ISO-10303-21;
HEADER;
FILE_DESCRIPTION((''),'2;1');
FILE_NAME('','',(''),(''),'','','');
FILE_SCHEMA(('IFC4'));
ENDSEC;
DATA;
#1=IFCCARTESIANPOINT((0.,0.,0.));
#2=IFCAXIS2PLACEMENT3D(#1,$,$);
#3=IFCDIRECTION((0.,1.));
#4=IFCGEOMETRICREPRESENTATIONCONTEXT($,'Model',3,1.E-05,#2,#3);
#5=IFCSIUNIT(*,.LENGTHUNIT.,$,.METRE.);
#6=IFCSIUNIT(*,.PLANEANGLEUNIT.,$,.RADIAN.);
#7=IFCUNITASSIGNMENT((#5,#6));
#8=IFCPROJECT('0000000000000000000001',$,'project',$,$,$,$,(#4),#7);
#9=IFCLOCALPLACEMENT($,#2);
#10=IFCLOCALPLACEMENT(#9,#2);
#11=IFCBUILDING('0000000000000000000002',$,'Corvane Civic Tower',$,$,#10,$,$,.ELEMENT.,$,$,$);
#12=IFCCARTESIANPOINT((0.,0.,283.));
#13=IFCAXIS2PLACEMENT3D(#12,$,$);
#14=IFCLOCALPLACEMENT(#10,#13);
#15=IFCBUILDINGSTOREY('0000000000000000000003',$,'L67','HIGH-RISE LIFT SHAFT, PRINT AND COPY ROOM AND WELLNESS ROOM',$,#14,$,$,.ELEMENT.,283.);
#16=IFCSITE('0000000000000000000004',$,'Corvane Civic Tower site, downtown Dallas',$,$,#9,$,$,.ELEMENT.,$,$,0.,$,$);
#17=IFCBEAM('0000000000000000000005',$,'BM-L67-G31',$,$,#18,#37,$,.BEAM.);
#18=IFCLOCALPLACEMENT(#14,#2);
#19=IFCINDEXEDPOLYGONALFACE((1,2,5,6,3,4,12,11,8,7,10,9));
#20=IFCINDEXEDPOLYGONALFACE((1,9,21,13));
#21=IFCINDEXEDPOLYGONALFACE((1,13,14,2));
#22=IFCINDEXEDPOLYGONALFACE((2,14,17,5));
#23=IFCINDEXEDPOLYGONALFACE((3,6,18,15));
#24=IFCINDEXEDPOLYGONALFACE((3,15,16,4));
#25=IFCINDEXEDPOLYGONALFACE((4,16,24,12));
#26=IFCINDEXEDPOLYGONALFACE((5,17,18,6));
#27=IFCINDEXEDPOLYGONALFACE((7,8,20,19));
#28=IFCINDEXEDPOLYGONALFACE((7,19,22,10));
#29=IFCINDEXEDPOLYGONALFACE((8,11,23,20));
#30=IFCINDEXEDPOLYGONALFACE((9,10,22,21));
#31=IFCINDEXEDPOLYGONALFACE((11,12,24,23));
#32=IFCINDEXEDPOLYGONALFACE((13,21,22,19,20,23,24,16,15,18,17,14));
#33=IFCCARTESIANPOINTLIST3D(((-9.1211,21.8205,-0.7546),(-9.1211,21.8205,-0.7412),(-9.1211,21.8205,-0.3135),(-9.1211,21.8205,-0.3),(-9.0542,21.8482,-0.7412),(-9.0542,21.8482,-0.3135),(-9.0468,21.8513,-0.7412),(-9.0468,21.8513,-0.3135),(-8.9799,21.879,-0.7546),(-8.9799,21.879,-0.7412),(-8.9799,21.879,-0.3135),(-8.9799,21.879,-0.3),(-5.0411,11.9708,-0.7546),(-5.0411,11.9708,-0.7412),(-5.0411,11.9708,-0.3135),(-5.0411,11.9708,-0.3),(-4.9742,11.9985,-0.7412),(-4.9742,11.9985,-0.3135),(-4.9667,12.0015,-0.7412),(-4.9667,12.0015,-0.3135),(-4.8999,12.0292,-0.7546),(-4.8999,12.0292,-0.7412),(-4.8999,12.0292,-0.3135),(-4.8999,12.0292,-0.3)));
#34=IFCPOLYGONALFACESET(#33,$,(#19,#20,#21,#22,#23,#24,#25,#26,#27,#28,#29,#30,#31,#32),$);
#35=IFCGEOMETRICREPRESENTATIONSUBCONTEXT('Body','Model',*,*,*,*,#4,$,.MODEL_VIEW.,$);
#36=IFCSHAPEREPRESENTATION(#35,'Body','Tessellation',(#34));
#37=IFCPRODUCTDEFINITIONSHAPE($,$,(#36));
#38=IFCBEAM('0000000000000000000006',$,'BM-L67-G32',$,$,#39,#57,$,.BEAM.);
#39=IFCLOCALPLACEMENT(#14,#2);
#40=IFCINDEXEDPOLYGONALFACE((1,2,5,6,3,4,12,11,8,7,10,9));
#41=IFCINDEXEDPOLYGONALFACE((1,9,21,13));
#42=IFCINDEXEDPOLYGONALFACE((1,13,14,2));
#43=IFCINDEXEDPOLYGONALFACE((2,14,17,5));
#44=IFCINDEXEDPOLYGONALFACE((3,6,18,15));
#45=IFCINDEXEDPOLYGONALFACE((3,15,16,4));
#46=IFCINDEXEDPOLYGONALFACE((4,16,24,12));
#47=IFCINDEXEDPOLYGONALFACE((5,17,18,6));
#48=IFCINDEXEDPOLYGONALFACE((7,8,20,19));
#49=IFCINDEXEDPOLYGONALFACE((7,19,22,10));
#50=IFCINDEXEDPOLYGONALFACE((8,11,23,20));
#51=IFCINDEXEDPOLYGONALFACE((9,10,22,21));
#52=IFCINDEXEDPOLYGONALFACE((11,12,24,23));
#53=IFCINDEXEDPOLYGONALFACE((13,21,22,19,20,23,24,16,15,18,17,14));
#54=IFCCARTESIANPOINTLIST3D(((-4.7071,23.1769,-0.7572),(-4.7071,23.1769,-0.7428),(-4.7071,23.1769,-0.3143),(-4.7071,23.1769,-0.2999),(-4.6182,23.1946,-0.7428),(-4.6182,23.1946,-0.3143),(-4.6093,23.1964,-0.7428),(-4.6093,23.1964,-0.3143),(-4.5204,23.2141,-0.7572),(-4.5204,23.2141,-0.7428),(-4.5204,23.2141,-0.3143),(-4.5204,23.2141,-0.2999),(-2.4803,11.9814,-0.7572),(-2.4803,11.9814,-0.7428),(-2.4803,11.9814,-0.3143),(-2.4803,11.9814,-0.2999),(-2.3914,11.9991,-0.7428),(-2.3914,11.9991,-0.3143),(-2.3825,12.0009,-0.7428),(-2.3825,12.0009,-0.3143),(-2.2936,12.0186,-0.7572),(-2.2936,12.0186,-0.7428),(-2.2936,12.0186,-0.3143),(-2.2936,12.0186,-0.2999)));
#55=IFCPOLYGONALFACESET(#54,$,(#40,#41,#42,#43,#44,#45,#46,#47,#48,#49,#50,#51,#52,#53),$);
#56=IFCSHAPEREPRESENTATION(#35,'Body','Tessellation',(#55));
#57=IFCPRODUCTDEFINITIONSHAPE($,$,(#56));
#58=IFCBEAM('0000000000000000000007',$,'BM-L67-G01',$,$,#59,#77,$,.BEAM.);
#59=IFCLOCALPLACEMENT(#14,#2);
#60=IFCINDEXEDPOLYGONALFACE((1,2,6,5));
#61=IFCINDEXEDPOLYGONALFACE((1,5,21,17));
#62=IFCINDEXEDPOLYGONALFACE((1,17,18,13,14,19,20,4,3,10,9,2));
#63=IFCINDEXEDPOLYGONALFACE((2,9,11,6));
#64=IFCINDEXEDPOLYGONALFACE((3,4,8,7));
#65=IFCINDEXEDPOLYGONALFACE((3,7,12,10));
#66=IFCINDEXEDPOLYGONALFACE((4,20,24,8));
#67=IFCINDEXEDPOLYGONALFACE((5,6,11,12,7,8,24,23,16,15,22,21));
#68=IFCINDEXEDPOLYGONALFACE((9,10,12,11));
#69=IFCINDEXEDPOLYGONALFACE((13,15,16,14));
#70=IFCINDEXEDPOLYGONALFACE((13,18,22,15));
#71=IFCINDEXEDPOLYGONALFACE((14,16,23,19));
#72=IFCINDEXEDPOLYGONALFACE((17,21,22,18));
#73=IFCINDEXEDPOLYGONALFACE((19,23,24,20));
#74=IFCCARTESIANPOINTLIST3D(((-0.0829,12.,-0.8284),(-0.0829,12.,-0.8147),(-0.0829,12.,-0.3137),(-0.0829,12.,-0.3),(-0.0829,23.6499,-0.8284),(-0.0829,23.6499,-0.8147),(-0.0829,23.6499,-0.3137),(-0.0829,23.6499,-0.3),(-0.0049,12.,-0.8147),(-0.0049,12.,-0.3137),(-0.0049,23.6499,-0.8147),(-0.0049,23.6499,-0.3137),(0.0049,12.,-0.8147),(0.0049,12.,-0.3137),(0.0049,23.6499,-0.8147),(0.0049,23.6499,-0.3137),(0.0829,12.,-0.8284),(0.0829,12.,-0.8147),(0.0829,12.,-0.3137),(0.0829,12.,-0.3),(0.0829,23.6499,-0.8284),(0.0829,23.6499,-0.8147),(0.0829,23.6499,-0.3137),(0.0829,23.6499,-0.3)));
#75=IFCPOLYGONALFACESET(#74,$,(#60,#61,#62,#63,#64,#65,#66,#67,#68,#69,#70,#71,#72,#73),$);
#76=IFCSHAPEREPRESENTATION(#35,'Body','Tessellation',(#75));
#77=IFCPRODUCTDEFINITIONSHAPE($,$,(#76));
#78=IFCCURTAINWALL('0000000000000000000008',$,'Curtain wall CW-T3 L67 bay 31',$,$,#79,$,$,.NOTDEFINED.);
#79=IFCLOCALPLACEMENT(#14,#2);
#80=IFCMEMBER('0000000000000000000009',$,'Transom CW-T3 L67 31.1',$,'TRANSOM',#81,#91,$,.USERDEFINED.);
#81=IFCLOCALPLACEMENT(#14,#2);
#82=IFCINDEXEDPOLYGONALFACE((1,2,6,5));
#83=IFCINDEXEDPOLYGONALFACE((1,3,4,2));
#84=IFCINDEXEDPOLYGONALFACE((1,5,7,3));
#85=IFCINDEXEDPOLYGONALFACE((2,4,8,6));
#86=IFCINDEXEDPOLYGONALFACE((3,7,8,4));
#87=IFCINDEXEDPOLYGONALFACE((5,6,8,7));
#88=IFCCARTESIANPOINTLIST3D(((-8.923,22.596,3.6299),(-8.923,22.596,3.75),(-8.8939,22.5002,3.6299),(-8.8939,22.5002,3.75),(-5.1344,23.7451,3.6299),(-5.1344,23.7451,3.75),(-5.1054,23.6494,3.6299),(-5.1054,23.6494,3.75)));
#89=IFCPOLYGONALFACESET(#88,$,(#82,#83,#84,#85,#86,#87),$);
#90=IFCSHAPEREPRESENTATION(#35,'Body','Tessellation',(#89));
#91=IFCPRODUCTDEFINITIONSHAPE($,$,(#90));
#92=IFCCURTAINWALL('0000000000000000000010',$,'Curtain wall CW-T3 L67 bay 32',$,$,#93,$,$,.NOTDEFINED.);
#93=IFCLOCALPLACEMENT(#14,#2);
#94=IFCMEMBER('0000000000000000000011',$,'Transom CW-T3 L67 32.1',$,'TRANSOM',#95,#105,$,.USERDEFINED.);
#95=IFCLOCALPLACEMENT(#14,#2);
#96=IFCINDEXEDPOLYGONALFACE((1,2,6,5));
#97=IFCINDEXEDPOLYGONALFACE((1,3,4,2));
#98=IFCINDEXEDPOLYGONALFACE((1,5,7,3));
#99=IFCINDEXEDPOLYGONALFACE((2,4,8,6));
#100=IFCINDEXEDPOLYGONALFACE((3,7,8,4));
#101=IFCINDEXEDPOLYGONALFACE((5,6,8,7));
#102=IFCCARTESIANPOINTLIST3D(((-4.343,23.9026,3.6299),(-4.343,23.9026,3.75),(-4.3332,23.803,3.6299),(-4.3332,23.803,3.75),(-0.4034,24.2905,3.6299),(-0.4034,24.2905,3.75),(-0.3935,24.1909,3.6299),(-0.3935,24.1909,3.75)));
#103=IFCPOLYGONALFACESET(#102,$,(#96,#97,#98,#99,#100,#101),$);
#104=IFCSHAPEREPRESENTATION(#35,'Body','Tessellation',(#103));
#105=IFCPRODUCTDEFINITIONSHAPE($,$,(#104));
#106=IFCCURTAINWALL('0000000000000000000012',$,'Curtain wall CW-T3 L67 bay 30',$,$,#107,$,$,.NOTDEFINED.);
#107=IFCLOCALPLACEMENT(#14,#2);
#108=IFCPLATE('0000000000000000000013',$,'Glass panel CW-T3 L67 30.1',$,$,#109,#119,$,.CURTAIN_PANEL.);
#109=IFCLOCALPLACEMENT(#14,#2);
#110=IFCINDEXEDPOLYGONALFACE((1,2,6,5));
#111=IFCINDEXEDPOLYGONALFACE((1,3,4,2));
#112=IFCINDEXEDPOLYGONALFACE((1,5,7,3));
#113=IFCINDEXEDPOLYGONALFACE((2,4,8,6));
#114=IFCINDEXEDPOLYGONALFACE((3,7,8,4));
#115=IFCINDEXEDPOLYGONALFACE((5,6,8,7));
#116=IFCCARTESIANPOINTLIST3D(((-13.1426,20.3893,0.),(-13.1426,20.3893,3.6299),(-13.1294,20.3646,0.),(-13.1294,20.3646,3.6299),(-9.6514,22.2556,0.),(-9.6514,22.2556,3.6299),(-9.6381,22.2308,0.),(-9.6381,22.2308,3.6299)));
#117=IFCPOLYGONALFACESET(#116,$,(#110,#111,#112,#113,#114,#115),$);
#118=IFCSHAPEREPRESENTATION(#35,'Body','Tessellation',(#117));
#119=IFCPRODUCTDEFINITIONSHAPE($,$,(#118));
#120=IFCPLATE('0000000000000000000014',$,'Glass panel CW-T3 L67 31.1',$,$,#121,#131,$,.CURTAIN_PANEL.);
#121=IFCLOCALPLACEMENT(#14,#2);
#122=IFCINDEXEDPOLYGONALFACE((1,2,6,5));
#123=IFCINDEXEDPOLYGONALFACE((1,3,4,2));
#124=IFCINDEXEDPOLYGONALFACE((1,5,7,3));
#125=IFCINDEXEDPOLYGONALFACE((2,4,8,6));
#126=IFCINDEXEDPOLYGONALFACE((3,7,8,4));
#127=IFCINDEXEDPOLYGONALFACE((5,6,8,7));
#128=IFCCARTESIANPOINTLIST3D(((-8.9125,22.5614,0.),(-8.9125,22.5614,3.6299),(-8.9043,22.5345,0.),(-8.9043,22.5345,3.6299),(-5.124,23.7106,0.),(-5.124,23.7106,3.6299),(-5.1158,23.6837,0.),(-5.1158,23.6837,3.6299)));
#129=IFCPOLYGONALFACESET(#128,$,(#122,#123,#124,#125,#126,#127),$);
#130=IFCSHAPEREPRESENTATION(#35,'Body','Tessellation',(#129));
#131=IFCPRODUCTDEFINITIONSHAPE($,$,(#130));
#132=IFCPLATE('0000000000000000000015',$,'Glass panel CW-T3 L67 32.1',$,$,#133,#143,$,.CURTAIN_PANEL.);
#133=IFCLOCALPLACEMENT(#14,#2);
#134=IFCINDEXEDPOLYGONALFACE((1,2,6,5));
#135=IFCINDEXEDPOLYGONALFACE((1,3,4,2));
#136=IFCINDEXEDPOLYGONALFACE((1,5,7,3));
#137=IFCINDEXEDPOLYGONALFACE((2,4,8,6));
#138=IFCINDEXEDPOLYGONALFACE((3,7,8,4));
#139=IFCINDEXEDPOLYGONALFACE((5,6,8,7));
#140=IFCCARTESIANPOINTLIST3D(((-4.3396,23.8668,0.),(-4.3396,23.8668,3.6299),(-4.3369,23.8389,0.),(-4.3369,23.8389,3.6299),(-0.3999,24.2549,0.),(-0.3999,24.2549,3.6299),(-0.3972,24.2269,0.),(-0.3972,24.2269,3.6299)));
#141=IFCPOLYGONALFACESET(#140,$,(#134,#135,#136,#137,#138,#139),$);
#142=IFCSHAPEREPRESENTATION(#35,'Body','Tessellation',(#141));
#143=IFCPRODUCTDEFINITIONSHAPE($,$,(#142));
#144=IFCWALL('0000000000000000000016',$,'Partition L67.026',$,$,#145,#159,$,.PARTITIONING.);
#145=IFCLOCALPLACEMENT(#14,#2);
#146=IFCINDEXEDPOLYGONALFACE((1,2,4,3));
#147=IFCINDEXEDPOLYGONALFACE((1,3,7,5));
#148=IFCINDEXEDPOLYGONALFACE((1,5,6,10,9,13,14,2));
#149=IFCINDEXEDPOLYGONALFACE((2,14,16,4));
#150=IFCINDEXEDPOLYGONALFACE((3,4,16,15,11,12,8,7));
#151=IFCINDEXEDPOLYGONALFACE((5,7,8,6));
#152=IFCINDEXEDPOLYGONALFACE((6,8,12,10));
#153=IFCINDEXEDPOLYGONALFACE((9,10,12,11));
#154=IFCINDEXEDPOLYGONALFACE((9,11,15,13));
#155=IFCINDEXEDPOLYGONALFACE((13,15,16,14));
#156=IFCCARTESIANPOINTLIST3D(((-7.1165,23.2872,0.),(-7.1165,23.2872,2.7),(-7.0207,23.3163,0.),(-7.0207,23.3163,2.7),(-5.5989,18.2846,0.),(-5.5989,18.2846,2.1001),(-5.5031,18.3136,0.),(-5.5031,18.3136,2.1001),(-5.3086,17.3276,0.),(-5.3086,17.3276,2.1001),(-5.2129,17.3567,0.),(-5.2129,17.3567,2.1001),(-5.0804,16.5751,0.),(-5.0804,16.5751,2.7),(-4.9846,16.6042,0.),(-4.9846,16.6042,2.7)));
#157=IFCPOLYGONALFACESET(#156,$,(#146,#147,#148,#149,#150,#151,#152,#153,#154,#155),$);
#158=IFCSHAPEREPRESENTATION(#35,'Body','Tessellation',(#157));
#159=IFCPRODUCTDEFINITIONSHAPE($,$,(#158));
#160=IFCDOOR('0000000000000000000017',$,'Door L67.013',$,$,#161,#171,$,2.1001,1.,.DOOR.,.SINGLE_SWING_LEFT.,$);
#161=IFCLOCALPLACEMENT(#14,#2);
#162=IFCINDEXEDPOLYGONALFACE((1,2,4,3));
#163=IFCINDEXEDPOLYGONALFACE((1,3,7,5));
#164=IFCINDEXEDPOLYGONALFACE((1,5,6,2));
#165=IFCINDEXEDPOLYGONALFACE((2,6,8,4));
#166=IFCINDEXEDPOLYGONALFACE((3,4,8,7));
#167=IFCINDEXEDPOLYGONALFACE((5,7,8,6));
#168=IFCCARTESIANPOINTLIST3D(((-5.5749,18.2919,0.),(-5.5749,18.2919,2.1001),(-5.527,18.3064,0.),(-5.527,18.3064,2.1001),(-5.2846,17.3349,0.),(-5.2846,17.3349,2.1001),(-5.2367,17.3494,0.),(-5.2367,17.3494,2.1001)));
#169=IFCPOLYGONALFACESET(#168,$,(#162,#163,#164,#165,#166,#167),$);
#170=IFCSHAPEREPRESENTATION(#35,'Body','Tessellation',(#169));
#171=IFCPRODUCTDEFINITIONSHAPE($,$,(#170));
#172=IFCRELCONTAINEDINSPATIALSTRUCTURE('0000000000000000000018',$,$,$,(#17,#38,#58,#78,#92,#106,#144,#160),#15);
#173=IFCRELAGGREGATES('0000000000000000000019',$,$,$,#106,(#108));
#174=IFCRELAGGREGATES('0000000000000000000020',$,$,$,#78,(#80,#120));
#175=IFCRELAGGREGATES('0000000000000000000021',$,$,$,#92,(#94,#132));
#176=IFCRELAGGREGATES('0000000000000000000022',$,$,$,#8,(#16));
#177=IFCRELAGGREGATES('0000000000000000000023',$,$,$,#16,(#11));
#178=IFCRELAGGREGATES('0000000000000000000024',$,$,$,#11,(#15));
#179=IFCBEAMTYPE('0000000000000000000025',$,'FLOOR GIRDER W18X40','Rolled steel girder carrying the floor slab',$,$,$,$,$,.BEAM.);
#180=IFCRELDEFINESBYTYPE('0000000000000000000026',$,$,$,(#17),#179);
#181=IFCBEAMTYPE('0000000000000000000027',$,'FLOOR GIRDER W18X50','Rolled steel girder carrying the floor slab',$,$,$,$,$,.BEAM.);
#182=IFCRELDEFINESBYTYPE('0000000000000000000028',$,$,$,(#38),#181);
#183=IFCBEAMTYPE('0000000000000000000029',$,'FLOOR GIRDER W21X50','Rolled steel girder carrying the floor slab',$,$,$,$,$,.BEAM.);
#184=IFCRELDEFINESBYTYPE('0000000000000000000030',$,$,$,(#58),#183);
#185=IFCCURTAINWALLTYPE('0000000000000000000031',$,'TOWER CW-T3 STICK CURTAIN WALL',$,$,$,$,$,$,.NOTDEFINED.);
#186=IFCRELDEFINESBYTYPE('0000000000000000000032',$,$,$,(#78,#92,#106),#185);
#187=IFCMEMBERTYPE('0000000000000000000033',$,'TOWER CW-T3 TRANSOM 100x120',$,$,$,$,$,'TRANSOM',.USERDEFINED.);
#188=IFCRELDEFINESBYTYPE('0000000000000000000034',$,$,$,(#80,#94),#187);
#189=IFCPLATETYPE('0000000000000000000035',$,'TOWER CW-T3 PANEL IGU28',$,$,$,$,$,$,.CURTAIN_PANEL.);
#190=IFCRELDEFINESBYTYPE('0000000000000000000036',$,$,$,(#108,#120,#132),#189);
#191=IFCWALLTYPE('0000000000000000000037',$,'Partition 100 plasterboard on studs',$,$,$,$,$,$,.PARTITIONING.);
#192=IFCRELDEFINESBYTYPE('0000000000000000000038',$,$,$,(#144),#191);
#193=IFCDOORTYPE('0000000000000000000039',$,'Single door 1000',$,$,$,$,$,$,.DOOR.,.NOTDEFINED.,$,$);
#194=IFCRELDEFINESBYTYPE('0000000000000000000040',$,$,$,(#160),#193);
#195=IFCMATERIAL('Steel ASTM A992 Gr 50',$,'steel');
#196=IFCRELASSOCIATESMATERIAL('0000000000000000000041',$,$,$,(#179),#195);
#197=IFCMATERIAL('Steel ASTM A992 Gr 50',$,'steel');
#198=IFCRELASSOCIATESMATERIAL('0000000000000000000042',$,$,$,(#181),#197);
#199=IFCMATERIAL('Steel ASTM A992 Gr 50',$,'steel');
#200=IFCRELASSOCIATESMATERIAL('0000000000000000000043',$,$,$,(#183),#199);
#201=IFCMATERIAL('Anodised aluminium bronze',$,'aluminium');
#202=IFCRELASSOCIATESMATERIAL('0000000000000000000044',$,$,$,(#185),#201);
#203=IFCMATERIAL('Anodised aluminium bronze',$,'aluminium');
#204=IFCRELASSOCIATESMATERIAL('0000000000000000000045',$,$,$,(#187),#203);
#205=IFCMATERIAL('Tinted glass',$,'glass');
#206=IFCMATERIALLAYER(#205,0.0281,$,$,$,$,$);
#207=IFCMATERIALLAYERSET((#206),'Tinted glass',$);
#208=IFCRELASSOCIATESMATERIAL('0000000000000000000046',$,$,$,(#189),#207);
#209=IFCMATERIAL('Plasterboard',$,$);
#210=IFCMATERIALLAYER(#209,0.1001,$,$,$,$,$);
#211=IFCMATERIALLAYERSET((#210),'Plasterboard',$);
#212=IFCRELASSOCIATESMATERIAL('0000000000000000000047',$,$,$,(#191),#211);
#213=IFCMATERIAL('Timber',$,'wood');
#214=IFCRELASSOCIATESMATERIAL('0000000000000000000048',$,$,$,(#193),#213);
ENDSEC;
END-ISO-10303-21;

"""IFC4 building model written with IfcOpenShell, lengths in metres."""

from ifc_helpers import new_model, si_unit, direction, frame, frame_2d, origin, origin_2d, place, context, subcontext, project, spatial, rectangle, i_section, extrude, material, layer, layer_set, material_profile, profile_set, type_object, element, fill, aggregate, save


model = new_model("IFC4")

# Units and contexts
model_context = context("Model", 3, precision=1e-05, world=origin(), true_north=direction((0.0, 1.0)))
body_context = subcontext(model_context, "Body", "Model", "MODEL_VIEW")
ifc_project = project(units=[si_unit("LENGTHUNIT", "METRE"), si_unit("PLANEANGLEUNIT", "RADIAN")], contexts=[model_context])

# Site, building, storey
site_placement = place(None, origin())
site = spatial("IfcSite", under=ifc_project, at=site_placement, Name="Corvane Civic Tower site, downtown Dallas", CompositionType="ELEMENT", RefElevation=0.0)
building_placement = place(site_placement, origin())
building = spatial("IfcBuilding", under=site, at=building_placement, Name="Corvane Civic Tower", CompositionType="ELEMENT")
storey_placement = place(building_placement, frame((0.0, 0.0, 283.0)))
storey = spatial("IfcBuildingStorey", under=building, at=storey_placement, Name="L67", Description="HIGH-RISE LIFT SHAFT, PRINT AND COPY ROOM AND WELLNESS ROOM", CompositionType="ELEMENT", Elevation=283.0)

# Beams
ifc_material_1 = material(Name="Steel ASTM A992 Gr 50", Category="steel")
ifc_material_profile_1 = material_profile(ifc_material_1, i_section(OverallWidth=0.1528, OverallDepth=0.4546, WebThickness=0.0081, FlangeThickness=0.0134, at=origin_2d()), Name="W18X40")
ifc_profile_set_1 = profile_set([ifc_material_profile_1], Name="Steel ASTM A992 Gr 50")
beam_type_1 = type_object("IfcBeamType", Name="FLOOR GIRDER W18X40", Description="Rolled steel girder carrying the floor slab", PredefinedType="BEAM", material=ifc_profile_set_1)
beam_1_placement = place(storey_placement, frame((-4.9705, 12.0, -0.5273), z_axis=(-0.382694, 0.923875, 0.0), x_axis=(-0.923875, -0.382694, 0.0)))
element("IfcBeam", 1, at=beam_1_placement, inside=storey, type_object=beam_type_1, Name="BM-L67-G31", PredefinedType="BEAM", context=body_context, shape_type="SweptSolid", body=[
    extrude(i_section(OverallWidth=0.1528, OverallDepth=0.4546, WebThickness=0.0081, FlangeThickness=0.0134, at=origin_2d()), origin(), (0.0, 0.0, 1.0), 10.6614),
])
ifc_material_2 = material(Name="Steel ASTM A992 Gr 50", Category="steel")
ifc_material_profile_2 = material_profile(ifc_material_2, i_section(OverallWidth=0.1904, OverallDepth=0.4573, WebThickness=0.009, FlangeThickness=0.0144, at=origin_2d()), Name="W18X50")
ifc_profile_set_2 = profile_set([ifc_material_profile_2], Name="Steel ASTM A992 Gr 50")
beam_type_2 = type_object("IfcBeamType", Name="FLOOR GIRDER W18X50", Description="Rolled steel girder carrying the floor slab", PredefinedType="BEAM", material=ifc_profile_set_2)
beam_2_placement = place(storey_placement, frame((-2.387, 12.0, -0.5286), z_axis=(-0.19508, 0.980787, 0.0), x_axis=(-0.980787, -0.19508, 0.0)))
element("IfcBeam", 2, at=beam_2_placement, inside=storey, type_object=beam_type_2, Name="BM-L67-G32", PredefinedType="BEAM", context=body_context, shape_type="SweptSolid", body=[
    extrude(i_section(OverallWidth=0.1904, OverallDepth=0.4573, WebThickness=0.009, FlangeThickness=0.0144, at=origin_2d()), origin(), (0.0, 0.0, 1.0), 11.4148),
])
ifc_material_3 = material(Name="Steel ASTM A992 Gr 50", Category="steel")
ifc_material_profile_3 = material_profile(ifc_material_3, i_section(OverallWidth=0.1658, OverallDepth=0.5283, WebThickness=0.0098, FlangeThickness=0.0137, at=origin_2d()), Name="W21X50")
ifc_profile_set_3 = profile_set([ifc_material_profile_3], Name="Steel ASTM A992 Gr 50")
beam_type_3 = type_object("IfcBeamType", Name="FLOOR GIRDER W21X50", Description="Rolled steel girder carrying the floor slab", PredefinedType="BEAM", material=ifc_profile_set_3)
beam_3_placement = place(storey_placement, frame((0.0, 12.0, -0.5642), z_axis=(0.0, 1.0, 0.0), x_axis=(-1.0, 0.0, 0.0)))
element("IfcBeam", 3, at=beam_3_placement, inside=storey, type_object=beam_type_3, Name="BM-L67-G01", PredefinedType="BEAM", context=body_context, shape_type="SweptSolid", body=[
    extrude(i_section(OverallWidth=0.1658, OverallDepth=0.5283, WebThickness=0.0098, FlangeThickness=0.0137, at=origin_2d()), origin(), (0.0, 0.0, 1.0), 11.6499),
])

# Curtain walls, members
ifc_material_4 = material(Name="Anodised aluminium bronze", Category="aluminium")
curtain_wall_type = type_object("IfcCurtainWallType", Name="TOWER CW-T3 STICK CURTAIN WALL", PredefinedType="NOTDEFINED", material=ifc_material_4)
curtain_wall_1_placement = place(storey_placement, origin())
curtain_wall_1 = element("IfcCurtainWall", 4, at=curtain_wall_1_placement, inside=storey, type_object=curtain_wall_type, Name="Curtain wall CW-T3 L67 bay 31", PredefinedType="NOTDEFINED")
ifc_material_5 = material(Name="Anodised aluminium bronze", Category="aluminium")
ifc_material_profile_4 = material_profile(ifc_material_5, rectangle(XDim=0.1001, YDim=0.1201, at=origin_2d()), Name="TOWER CW-T3 TRANSOM 100x120")
ifc_profile_set_4 = profile_set([ifc_material_profile_4], Name="Anodised aluminium bronze")
member_type = type_object("IfcMemberType", Name="TOWER CW-T3 TRANSOM 100x120", ElementType="TRANSOM", PredefinedType="USERDEFINED", material=ifc_profile_set_4)
member_1_placement = place(storey_placement, frame((-8.9084, 22.5481, 3.6899), z_axis=(0.956946, 0.290266, 0.0), x_axis=(-0.290266, 0.956946, 0.0)))
member_1 = element("IfcMember", 5, at=member_1_placement, type_object=member_type, Name="Transom CW-T3 L67 31.1", ObjectType="TRANSOM", PredefinedType="USERDEFINED", context=body_context, shape_type="SweptSolid", body=[
    extrude(rectangle(XDim=0.1001, YDim=0.1201, at=origin_2d()), origin(), (0.0, 0.0, 1.0), 3.959),
])
curtain_wall_2_placement = place(storey_placement, origin())
curtain_wall_2 = element("IfcCurtainWall", 6, at=curtain_wall_2_placement, inside=storey, type_object=curtain_wall_type, Name="Curtain wall CW-T3 L67 bay 32", PredefinedType="NOTDEFINED")
member_2_placement = place(storey_placement, frame((-4.3381, 23.8528, 3.6899), z_axis=(0.995187, 0.097995, 0.0), x_axis=(-0.097995, 0.995187, 0.0)))
member_2 = element("IfcMember", 7, at=member_2_placement, type_object=member_type, Name="Transom CW-T3 L67 32.1", ObjectType="TRANSOM", PredefinedType="USERDEFINED", context=body_context, shape_type="SweptSolid", body=[
    extrude(rectangle(XDim=0.1001, YDim=0.1201, at=origin_2d()), origin(), (0.0, 0.0, 1.0), 3.9587),
])

# Curtain wall, plate
curtain_wall_3_placement = place(storey_placement, origin())
curtain_wall_3 = element("IfcCurtainWall", 8, at=curtain_wall_3_placement, inside=storey, type_object=curtain_wall_type, Name="Curtain wall CW-T3 L67 bay 30", PredefinedType="NOTDEFINED")
ifc_material_6 = material(Name="Tinted glass", Category="glass")
ifc_layer_1 = layer(ifc_material_6, 0.0281)
ifc_layer_set_1 = layer_set([ifc_layer_1], Name="Tinted glass")
plate_type = type_object("IfcPlateType", Name="TOWER CW-T3 PANEL IGU28", PredefinedType="CURTAIN_PANEL", material=ifc_layer_set_1)
plate_1_placement = place(storey_placement, frame((-11.3904, 21.3101, 0.0), z_axis=(0.0, 0.0, 1.0), x_axis=(0.881908, 0.471421, 0.0)))
plate_1 = element("IfcPlate", 9, at=plate_1_placement, type_object=plate_type, Name="Glass panel CW-T3 L67 30.1", PredefinedType="CURTAIN_PANEL", context=body_context, shape_type="SweptSolid", body=[
    extrude(rectangle(XDim=3.9587, YDim=0.0281, at=origin_2d()), origin(), (0.0, 0.0, 1.0), 3.6299),
])
aggregate(curtain_wall_3, [plate_1])

# Plates
plate_2_placement = place(storey_placement, frame((-7.0142, 23.1226, 0.0), z_axis=(0.0, 0.0, 1.0), x_axis=(0.956944, 0.290274, 0.0)))
plate_2 = element("IfcPlate", 10, at=plate_2_placement, type_object=plate_type, Name="Glass panel CW-T3 L67 31.1", PredefinedType="CURTAIN_PANEL", context=body_context, shape_type="SweptSolid", body=[
    extrude(rectangle(XDim=3.959, YDim=0.0281, at=origin_2d()), origin(), (0.0, 0.0, 1.0), 3.6299),
])
aggregate(curtain_wall_1, [member_1, plate_2])
plate_3_placement = place(storey_placement, frame((-2.3684, 24.0469, 0.0), z_axis=(0.0, 0.0, 1.0), x_axis=(0.995184, 0.098021, 0.0)))
plate_3 = element("IfcPlate", 11, at=plate_3_placement, type_object=plate_type, Name="Glass panel CW-T3 L67 32.1", PredefinedType="CURTAIN_PANEL", context=body_context, shape_type="SweptSolid", body=[
    extrude(rectangle(XDim=3.9587, YDim=0.0281, at=origin_2d()), origin(), (0.0, 0.0, 1.0), 3.6299),
])
aggregate(curtain_wall_2, [member_2, plate_3])

# Wall, opening, door
ifc_material_7 = material(Name="Plasterboard")
ifc_layer_2 = layer(ifc_material_7, 0.1001)
ifc_layer_set_2 = layer_set([ifc_layer_2], Name="Plasterboard")
wall_type = type_object("IfcWallType", Name="Partition 100 plasterboard on studs", PredefinedType="PARTITIONING", material=ifc_layer_set_2)
wall_1_placement = place(storey_placement, frame((-7.0686, 23.3018, 0.0), z_axis=(0.0, 0.0, 1.0), x_axis=(0.290288, -0.956939, 0.0)))
wall_1 = element("IfcWall", 12, at=wall_1_placement, inside=storey, type_object=wall_type, Name="Partition L67.026", PredefinedType="PARTITIONING", context=body_context, shape_type="SweptSolid", body=[
    extrude(rectangle(XDim=7.0142, YDim=0.1001, at=frame_2d((3.5071, 0.0))), origin(), (0.0, 0.0, 1.0), 2.7),
])
opening_1_placement = place(wall_1_placement, frame((5.2278, 0.0, 0.0)))
opening_1 = element("IfcOpeningElement", 13, at=opening_1_placement, cuts=wall_1, PredefinedType="OPENING", context=body_context, shape_type="SweptSolid", body=[
    extrude(rectangle(XDim=1.0, YDim=2.1001, at=frame_2d((0.5, 1.05))), frame((0.0, 0.0601, 0.0), z_axis=(0.0, -1.0, 0.0), x_axis=(1.0, 0.0, 0.0)), (0.0, 0.0, 1.0), 0.1201),
])
ifc_material_8 = material(Name="Timber", Category="wood")
door_type = type_object("IfcDoorType", Name="Single door 1000", OperationType="NOTDEFINED", PredefinedType="DOOR", material=ifc_material_8)
door_1_placement = place(opening_1_placement, frame((1.0, 0.0, 0.0), z_axis=(0.0, 0.0, 1.0), x_axis=(-1.0, 0.0, 0.0)))
door_1 = element("IfcDoor", 14, at=door_1_placement, inside=storey, type_object=door_type, Name="Door L67.013", OperationType="SINGLE_SWING_LEFT", OverallHeight=2.1001, OverallWidth=1.0, PredefinedType="DOOR", context=body_context, shape_type="SweptSolid", body=[
    extrude(rectangle(XDim=1.0, YDim=2.1001, at=frame_2d((0.5, 1.05))), frame((0.0, 0.0249, 0.0), z_axis=(0.0, -1.0, 0.0), x_axis=(1.0, 0.0, 0.0)), (0.0, 0.0, 1.0), 0.05),
])
fill(opening_1, door_1)

save(model, "model.ifc")
